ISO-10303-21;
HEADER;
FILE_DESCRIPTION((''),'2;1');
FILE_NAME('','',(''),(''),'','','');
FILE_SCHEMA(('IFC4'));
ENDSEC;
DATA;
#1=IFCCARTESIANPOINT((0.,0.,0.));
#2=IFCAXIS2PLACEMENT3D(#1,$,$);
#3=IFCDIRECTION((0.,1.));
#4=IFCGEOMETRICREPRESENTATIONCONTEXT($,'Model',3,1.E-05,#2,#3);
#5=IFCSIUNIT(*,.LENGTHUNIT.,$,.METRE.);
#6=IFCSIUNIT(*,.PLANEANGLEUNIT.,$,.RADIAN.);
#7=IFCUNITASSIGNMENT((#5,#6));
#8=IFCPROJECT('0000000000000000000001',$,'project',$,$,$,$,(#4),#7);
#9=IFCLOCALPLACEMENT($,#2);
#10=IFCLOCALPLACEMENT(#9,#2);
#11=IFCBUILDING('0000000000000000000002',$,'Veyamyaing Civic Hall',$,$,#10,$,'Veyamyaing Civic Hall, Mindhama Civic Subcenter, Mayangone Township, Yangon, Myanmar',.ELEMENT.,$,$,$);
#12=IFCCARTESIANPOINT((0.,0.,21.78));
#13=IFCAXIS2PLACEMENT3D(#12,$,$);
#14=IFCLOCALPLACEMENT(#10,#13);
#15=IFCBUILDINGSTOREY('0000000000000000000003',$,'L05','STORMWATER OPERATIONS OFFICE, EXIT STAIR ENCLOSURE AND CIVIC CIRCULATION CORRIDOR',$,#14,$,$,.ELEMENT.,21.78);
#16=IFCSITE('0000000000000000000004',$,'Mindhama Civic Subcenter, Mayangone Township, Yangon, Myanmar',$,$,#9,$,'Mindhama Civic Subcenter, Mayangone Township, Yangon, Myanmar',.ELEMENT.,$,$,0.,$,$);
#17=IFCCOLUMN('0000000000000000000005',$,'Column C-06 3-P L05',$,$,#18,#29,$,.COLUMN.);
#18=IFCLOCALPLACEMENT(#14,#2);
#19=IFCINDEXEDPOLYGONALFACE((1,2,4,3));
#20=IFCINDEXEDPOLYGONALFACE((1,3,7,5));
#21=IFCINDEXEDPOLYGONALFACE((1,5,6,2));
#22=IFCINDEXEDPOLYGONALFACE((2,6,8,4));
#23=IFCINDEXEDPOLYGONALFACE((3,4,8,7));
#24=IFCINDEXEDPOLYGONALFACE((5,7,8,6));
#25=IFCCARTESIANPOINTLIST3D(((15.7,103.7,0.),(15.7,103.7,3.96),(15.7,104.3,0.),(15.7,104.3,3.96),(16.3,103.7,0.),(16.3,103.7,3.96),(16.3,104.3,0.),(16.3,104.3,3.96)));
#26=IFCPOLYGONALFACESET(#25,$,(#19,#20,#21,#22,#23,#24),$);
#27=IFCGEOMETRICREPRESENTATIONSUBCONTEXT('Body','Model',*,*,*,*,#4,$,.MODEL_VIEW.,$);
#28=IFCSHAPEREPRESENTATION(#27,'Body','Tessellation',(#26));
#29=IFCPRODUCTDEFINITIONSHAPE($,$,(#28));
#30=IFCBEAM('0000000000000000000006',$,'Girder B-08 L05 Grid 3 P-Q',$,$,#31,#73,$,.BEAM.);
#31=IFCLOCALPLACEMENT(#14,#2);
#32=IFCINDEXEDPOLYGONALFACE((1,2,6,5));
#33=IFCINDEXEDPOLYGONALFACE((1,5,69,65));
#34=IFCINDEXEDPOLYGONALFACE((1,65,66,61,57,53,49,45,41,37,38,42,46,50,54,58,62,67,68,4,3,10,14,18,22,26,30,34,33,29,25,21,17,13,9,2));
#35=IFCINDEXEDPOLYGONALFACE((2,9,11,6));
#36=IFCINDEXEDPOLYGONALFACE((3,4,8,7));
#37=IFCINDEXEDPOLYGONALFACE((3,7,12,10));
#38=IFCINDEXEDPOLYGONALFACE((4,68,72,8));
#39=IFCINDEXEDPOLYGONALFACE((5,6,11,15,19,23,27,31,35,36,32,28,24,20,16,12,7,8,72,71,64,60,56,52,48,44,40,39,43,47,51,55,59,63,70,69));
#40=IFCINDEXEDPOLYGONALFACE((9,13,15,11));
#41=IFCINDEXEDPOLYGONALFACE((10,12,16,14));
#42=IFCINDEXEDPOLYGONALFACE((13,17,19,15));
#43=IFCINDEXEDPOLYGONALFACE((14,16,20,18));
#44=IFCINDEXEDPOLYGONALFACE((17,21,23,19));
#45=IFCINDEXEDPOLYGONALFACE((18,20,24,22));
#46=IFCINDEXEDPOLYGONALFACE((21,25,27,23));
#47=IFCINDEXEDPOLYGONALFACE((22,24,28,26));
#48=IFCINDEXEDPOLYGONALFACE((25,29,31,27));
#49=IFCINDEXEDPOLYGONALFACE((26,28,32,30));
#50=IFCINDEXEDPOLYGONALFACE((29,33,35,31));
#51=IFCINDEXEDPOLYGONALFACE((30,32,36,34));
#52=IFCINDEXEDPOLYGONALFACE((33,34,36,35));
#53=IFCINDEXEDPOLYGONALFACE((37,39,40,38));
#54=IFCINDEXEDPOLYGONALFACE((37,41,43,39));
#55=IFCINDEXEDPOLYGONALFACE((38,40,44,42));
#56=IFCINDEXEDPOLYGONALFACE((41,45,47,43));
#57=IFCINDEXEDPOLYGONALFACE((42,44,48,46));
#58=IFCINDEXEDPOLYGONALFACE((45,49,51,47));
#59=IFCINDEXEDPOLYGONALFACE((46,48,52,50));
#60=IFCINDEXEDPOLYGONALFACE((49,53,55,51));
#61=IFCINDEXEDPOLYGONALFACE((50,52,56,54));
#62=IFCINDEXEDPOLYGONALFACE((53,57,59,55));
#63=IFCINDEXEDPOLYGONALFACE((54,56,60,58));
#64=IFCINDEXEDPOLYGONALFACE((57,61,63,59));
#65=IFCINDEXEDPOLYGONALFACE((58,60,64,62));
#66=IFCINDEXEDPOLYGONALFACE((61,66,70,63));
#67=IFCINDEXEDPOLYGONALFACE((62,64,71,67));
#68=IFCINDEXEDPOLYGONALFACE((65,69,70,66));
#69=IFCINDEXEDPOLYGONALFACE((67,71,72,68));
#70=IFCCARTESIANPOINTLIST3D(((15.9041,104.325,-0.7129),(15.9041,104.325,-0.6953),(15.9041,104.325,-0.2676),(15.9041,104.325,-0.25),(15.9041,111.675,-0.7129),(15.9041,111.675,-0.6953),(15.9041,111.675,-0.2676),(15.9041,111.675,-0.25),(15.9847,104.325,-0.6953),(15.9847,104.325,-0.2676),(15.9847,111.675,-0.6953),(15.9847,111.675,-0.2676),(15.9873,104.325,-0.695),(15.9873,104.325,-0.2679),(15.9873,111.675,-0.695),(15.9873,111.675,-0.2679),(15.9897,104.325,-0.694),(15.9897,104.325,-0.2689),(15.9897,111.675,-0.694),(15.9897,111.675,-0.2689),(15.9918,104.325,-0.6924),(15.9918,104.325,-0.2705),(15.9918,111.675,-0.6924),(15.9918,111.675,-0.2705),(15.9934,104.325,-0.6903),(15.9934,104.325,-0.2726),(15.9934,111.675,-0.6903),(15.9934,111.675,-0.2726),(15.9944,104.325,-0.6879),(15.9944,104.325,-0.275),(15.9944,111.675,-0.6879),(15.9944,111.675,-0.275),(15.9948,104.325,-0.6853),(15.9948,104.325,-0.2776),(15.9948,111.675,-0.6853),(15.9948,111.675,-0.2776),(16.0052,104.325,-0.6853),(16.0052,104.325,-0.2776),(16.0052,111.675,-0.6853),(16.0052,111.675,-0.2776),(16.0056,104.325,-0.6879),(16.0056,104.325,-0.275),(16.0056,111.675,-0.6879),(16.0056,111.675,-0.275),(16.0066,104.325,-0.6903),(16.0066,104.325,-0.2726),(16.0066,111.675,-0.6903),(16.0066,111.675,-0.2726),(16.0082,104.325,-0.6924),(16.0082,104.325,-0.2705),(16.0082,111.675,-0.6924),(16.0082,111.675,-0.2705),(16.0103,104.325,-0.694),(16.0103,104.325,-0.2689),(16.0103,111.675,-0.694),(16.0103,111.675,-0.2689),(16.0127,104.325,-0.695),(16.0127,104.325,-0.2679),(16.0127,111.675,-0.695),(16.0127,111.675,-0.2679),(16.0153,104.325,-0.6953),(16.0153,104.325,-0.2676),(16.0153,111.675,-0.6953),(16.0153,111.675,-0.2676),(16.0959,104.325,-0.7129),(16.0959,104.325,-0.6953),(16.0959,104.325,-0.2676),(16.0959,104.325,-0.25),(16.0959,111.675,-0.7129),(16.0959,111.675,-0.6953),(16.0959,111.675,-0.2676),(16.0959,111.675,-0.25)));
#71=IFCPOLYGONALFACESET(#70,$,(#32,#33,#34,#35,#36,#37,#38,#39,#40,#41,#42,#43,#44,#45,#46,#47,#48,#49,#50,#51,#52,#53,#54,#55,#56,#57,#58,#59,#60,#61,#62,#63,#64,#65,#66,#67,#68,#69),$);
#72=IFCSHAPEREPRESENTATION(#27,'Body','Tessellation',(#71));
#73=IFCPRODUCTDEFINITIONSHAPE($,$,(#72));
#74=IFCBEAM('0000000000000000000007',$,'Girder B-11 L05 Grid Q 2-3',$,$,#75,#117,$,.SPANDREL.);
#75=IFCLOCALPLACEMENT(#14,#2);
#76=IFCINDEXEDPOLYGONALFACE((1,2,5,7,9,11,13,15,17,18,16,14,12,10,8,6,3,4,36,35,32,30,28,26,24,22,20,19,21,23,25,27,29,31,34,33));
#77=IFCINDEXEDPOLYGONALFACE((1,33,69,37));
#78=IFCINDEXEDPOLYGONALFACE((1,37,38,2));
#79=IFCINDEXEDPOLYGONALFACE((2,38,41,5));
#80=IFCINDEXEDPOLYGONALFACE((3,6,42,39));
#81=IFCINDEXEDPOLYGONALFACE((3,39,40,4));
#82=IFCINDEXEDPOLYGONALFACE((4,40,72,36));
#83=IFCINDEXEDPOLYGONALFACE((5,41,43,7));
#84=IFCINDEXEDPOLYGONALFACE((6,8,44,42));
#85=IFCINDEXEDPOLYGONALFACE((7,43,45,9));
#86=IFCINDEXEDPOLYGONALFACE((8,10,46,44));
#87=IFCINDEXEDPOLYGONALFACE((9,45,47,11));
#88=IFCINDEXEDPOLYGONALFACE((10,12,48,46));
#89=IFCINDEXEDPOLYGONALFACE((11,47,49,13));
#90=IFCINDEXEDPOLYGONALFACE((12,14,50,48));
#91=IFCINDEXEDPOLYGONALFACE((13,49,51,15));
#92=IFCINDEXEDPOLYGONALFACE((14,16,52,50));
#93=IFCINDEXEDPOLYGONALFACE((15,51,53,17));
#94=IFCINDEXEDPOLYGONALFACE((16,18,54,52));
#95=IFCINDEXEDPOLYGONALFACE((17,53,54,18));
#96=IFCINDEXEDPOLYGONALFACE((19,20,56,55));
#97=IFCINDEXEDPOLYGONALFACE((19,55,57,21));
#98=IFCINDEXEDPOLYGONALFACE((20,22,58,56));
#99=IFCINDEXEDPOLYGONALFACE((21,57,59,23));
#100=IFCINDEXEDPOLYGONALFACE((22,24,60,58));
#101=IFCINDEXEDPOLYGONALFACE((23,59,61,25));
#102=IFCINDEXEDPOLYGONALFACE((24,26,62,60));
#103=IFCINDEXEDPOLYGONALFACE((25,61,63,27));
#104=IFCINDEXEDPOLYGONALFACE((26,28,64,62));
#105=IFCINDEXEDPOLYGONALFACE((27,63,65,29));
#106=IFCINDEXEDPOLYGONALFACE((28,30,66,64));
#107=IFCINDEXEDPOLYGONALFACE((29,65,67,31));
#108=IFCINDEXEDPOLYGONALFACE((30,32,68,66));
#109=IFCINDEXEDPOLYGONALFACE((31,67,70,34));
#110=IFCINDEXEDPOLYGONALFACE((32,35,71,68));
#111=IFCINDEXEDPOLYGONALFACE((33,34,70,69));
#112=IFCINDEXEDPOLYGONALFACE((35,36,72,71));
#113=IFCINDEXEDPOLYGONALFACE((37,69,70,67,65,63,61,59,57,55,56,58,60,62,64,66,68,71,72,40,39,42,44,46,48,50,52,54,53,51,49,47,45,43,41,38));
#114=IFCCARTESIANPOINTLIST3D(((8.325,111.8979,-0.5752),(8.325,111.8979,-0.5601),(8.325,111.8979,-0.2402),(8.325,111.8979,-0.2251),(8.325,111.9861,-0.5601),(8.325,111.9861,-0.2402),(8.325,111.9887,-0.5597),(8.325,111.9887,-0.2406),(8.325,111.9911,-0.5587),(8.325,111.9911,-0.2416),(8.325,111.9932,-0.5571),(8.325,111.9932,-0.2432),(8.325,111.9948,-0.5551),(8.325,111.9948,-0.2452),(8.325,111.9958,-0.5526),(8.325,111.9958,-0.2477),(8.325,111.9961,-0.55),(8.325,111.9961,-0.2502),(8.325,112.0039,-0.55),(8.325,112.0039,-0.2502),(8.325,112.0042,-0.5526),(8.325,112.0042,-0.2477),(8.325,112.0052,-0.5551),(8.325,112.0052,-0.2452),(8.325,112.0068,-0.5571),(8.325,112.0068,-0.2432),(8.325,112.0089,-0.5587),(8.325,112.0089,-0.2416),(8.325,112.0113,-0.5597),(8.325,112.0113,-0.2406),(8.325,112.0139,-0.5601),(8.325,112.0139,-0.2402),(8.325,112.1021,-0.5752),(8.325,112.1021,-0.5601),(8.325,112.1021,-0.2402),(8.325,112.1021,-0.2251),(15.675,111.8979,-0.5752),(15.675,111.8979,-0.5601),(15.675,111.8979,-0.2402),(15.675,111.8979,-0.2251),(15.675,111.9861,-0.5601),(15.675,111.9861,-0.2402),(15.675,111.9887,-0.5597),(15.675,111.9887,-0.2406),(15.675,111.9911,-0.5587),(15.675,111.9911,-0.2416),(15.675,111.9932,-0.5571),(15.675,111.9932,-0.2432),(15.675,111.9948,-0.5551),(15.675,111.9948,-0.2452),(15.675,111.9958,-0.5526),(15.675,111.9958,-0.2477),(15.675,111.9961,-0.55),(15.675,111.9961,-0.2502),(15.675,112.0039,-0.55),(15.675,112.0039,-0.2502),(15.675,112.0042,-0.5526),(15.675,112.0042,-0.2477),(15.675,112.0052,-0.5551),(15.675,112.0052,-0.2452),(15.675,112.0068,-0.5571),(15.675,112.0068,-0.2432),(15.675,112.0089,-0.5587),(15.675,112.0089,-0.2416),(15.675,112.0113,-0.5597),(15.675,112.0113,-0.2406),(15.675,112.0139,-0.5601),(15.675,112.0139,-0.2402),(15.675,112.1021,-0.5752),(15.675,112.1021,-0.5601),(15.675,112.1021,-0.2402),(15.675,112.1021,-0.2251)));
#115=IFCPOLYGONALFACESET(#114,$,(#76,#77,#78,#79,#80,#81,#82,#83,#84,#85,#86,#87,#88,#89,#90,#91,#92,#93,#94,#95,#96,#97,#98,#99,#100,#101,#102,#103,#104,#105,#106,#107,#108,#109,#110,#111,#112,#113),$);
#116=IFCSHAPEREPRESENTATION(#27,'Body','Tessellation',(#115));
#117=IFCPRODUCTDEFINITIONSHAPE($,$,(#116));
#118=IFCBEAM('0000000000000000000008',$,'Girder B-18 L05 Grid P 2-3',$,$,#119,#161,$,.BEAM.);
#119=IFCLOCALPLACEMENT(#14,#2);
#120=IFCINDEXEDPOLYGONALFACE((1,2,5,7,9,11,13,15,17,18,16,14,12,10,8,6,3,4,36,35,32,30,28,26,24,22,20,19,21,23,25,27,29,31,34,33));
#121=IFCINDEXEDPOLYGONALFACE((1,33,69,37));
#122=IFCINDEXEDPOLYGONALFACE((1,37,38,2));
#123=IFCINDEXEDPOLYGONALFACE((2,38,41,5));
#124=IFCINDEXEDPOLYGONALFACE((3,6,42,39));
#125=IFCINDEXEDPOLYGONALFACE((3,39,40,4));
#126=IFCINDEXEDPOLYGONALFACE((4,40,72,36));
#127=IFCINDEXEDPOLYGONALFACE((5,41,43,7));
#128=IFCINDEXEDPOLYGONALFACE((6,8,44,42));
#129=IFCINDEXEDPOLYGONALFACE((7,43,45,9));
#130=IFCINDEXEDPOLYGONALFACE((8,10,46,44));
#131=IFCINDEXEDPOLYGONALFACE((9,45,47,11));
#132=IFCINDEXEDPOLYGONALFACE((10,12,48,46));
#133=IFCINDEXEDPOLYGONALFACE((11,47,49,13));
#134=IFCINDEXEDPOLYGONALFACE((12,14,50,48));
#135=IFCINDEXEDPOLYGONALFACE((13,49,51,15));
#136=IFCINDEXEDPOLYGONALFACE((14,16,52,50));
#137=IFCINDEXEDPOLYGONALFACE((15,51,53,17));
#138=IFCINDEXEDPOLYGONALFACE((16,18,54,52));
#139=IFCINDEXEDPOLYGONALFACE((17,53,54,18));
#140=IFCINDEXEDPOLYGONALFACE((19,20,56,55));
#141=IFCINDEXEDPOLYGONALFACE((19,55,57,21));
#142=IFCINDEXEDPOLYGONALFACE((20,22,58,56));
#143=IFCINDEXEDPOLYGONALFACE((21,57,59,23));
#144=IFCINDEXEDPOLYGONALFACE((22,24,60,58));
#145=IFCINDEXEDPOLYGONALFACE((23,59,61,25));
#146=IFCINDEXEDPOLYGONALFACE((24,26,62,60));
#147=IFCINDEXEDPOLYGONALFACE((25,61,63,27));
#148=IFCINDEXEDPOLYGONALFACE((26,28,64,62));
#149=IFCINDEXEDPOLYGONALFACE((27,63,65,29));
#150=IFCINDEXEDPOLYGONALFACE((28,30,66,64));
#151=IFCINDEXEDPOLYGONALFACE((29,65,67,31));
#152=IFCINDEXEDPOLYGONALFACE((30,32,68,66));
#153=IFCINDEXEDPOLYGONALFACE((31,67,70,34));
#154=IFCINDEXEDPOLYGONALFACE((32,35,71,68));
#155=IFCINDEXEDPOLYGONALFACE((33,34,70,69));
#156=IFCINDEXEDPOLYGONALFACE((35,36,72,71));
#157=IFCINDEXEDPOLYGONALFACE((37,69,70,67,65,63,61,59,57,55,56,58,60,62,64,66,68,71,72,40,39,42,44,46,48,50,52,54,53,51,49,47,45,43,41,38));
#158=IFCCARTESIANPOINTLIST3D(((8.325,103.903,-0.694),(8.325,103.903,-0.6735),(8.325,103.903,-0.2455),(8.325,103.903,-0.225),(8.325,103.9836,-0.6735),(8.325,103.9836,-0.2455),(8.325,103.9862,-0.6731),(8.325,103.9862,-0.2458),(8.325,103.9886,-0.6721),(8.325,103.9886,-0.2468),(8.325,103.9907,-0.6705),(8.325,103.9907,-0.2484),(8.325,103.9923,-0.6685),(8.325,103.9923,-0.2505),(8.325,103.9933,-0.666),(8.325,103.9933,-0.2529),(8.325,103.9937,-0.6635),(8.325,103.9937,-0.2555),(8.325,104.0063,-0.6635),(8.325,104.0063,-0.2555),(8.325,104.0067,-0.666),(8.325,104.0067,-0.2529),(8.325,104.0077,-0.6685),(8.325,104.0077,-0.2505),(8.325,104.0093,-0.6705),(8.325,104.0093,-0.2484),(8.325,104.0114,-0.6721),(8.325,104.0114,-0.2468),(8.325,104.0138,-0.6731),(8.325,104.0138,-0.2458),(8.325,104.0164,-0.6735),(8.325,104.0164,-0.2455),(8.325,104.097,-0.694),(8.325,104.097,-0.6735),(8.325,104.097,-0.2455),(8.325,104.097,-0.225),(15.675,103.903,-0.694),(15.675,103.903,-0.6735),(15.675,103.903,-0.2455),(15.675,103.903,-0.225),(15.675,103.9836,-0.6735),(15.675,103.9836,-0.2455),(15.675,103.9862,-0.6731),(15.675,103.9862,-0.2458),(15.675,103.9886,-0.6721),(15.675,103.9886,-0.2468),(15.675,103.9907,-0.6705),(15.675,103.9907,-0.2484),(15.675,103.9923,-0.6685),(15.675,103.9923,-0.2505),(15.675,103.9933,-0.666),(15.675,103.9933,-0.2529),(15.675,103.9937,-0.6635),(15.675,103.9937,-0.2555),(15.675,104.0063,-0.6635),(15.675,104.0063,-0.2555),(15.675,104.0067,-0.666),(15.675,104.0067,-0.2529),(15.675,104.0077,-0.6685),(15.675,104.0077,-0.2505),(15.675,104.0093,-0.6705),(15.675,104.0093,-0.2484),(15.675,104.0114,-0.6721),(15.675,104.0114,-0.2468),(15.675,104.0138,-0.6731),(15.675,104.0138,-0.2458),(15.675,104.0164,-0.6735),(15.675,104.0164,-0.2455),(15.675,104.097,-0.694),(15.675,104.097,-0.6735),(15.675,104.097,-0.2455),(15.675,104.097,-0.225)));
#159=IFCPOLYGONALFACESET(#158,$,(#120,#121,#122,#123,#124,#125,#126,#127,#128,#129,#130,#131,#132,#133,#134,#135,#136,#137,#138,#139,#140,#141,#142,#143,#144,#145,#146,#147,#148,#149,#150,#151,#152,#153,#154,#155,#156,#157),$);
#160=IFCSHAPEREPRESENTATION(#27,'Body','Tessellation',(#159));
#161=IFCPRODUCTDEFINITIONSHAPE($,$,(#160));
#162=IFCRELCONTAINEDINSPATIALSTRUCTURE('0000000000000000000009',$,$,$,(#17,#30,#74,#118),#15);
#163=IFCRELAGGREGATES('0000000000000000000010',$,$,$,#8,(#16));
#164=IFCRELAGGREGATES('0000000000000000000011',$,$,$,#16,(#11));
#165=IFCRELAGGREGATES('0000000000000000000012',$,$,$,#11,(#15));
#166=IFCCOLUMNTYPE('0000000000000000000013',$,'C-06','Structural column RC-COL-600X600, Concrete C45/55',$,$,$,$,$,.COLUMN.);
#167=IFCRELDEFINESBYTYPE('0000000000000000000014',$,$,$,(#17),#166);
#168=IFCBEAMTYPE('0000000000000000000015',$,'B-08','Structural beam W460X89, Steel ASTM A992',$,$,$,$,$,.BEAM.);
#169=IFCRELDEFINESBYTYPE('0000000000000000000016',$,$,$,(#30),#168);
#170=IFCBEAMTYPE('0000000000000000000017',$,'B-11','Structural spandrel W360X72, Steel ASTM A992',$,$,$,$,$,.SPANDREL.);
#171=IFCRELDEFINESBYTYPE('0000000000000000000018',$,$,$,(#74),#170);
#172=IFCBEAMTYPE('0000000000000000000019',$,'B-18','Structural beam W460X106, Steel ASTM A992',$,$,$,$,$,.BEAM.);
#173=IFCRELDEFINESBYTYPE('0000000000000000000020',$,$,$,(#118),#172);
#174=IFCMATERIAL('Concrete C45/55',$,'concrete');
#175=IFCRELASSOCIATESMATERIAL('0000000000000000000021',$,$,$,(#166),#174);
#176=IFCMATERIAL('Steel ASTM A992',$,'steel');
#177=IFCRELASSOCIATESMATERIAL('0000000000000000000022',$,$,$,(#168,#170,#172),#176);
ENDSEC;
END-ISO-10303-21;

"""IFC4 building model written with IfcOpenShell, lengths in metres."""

from ifc_helpers import new_model, si_unit, direction, frame, origin, origin_2d, place, context, subcontext, project, spatial, rectangle, i_section, extrude, material, material_profile, profile_set, type_object, element, save


model = new_model("IFC4")

# Units and contexts
model_context = context("Model", 3, precision=1e-05, world=origin(), true_north=direction((0.0, 1.0)))
body_context = subcontext(model_context, "Body", "Model", "MODEL_VIEW")
ifc_project = project(units=[si_unit("LENGTHUNIT", "METRE"), si_unit("PLANEANGLEUNIT", "RADIAN")], contexts=[model_context])

# Site, building, storey
site_placement = place(None, origin())
site = spatial("IfcSite", under=ifc_project, at=site_placement, Name="Mindhama Civic Subcenter, Mayangone Township, Yangon, Myanmar", LongName="Mindhama Civic Subcenter, Mayangone Township, Yangon, Myanmar", CompositionType="ELEMENT", RefElevation=0.0)
building_placement = place(site_placement, origin())
building = spatial("IfcBuilding", under=site, at=building_placement, Name="Veyamyaing Civic Hall", LongName="Veyamyaing Civic Hall, Mindhama Civic Subcenter, Mayangone Township, Yangon, Myanmar", CompositionType="ELEMENT")
storey_placement = place(building_placement, frame((0.0, 0.0, 21.78)))
storey = spatial("IfcBuildingStorey", under=building, at=storey_placement, Name="L05", Description="STORMWATER OPERATIONS OFFICE, EXIT STAIR ENCLOSURE AND CIVIC CIRCULATION CORRIDOR", CompositionType="ELEMENT", Elevation=21.78)

# Column
ifc_material_1 = material(Name="Concrete C45/55", Category="concrete")
ifc_material_profile_1 = material_profile(ifc_material_1, rectangle(XDim=0.6001, YDim=0.6001, at=origin_2d()), Name="RC-COL-600X600")
ifc_profile_set_1 = profile_set([ifc_material_profile_1], Name="Concrete C45/55")
column_type = type_object("IfcColumnType", Name="C-06", Description="Structural column RC-COL-600X600, Concrete C45/55", PredefinedType="COLUMN", material=ifc_profile_set_1)
column_placement = place(storey_placement, frame((16.0, 104.0, 0.0), z_axis=(0.0, 0.0, 1.0), x_axis=(1.0, 0.0, 0.0)))
element("IfcColumn", 1, at=column_placement, inside=storey, type_object=column_type, Name="Column C-06 3-P L05", PredefinedType="COLUMN", context=body_context, shape_type="SweptSolid", body=[
    extrude(rectangle(XDim=0.6001, YDim=0.6001, at=origin_2d()), origin(), (0.0, 0.0, 1.0), 3.96),
])

# Beams
ifc_material_2 = material(Name="Steel ASTM A992", Category="steel")
ifc_material_profile_2 = material_profile(ifc_material_2, i_section(OverallWidth=0.1919, OverallDepth=0.4629, WebThickness=0.0105, FlangeThickness=0.0176, FilletRadius=0.01, at=origin_2d()), Name="W460X89")
ifc_profile_set_2 = profile_set([ifc_material_profile_2], Name="Steel ASTM A992")
beam_type_1 = type_object("IfcBeamType", Name="B-08", Description="Structural beam W460X89, Steel ASTM A992", PredefinedType="BEAM", material=ifc_profile_set_2)
beam_1_placement = place(storey_placement, frame((16.0, 104.325, -0.4814), z_axis=(0.0, 1.0, 0.0), x_axis=(-1.0, 0.0, 0.0)))
element("IfcBeam", 2, at=beam_1_placement, inside=storey, type_object=beam_type_1, Name="Girder B-08 L05 Grid 3 P-Q", PredefinedType="BEAM", context=body_context, shape_type="SweptSolid", body=[
    extrude(i_section(OverallWidth=0.1919, OverallDepth=0.4629, WebThickness=0.0105, FlangeThickness=0.0176, FilletRadius=0.01, at=origin_2d()), origin(), (0.0, 0.0, 1.0), 7.3501),
])
ifc_material_profile_3 = material_profile(ifc_material_2, i_section(OverallWidth=0.2041, OverallDepth=0.3501, WebThickness=0.0078, FlangeThickness=0.0151, FilletRadius=0.01, at=origin_2d()), Name="W360X72")
ifc_profile_set_3 = profile_set([ifc_material_profile_3], Name="Steel ASTM A992")
beam_type_2 = type_object("IfcBeamType", Name="B-11", Description="Structural spandrel W360X72, Steel ASTM A992", PredefinedType="SPANDREL", material=ifc_profile_set_3)
beam_2_placement = place(storey_placement, frame((8.325, 112.0, -0.4001), z_axis=(1.0, 0.0, 0.0), x_axis=(0.0, 1.0, 0.0)))
element("IfcBeam", 3, at=beam_2_placement, inside=storey, type_object=beam_type_2, Name="Girder B-11 L05 Grid Q 2-3", PredefinedType="SPANDREL", context=body_context, shape_type="SweptSolid", body=[
    extrude(i_section(OverallWidth=0.2041, OverallDepth=0.3501, WebThickness=0.0078, FlangeThickness=0.0151, FilletRadius=0.01, at=origin_2d()), origin(), (0.0, 0.0, 1.0), 7.3501),
])
ifc_material_profile_4 = material_profile(ifc_material_2, i_section(OverallWidth=0.1941, OverallDepth=0.469, WebThickness=0.0127, FlangeThickness=0.0205, FilletRadius=0.01, at=origin_2d()), Name="W460X106")
ifc_profile_set_4 = profile_set([ifc_material_profile_4], Name="Steel ASTM A992")
beam_type_3 = type_object("IfcBeamType", Name="B-18", Description="Structural beam W460X106, Steel ASTM A992", PredefinedType="BEAM", material=ifc_profile_set_4)
beam_3_placement = place(storey_placement, frame((8.325, 104.0, -0.4595), z_axis=(1.0, 0.0, 0.0), x_axis=(0.0, 1.0, 0.0)))
element("IfcBeam", 4, at=beam_3_placement, inside=storey, type_object=beam_type_3, Name="Girder B-18 L05 Grid P 2-3", PredefinedType="BEAM", context=body_context, shape_type="SweptSolid", body=[
    extrude(i_section(OverallWidth=0.1941, OverallDepth=0.469, WebThickness=0.0127, FlangeThickness=0.0205, FilletRadius=0.01, at=origin_2d()), origin(), (0.0, 0.0, 1.0), 7.3501),
])

save(model, "model.ifc")
